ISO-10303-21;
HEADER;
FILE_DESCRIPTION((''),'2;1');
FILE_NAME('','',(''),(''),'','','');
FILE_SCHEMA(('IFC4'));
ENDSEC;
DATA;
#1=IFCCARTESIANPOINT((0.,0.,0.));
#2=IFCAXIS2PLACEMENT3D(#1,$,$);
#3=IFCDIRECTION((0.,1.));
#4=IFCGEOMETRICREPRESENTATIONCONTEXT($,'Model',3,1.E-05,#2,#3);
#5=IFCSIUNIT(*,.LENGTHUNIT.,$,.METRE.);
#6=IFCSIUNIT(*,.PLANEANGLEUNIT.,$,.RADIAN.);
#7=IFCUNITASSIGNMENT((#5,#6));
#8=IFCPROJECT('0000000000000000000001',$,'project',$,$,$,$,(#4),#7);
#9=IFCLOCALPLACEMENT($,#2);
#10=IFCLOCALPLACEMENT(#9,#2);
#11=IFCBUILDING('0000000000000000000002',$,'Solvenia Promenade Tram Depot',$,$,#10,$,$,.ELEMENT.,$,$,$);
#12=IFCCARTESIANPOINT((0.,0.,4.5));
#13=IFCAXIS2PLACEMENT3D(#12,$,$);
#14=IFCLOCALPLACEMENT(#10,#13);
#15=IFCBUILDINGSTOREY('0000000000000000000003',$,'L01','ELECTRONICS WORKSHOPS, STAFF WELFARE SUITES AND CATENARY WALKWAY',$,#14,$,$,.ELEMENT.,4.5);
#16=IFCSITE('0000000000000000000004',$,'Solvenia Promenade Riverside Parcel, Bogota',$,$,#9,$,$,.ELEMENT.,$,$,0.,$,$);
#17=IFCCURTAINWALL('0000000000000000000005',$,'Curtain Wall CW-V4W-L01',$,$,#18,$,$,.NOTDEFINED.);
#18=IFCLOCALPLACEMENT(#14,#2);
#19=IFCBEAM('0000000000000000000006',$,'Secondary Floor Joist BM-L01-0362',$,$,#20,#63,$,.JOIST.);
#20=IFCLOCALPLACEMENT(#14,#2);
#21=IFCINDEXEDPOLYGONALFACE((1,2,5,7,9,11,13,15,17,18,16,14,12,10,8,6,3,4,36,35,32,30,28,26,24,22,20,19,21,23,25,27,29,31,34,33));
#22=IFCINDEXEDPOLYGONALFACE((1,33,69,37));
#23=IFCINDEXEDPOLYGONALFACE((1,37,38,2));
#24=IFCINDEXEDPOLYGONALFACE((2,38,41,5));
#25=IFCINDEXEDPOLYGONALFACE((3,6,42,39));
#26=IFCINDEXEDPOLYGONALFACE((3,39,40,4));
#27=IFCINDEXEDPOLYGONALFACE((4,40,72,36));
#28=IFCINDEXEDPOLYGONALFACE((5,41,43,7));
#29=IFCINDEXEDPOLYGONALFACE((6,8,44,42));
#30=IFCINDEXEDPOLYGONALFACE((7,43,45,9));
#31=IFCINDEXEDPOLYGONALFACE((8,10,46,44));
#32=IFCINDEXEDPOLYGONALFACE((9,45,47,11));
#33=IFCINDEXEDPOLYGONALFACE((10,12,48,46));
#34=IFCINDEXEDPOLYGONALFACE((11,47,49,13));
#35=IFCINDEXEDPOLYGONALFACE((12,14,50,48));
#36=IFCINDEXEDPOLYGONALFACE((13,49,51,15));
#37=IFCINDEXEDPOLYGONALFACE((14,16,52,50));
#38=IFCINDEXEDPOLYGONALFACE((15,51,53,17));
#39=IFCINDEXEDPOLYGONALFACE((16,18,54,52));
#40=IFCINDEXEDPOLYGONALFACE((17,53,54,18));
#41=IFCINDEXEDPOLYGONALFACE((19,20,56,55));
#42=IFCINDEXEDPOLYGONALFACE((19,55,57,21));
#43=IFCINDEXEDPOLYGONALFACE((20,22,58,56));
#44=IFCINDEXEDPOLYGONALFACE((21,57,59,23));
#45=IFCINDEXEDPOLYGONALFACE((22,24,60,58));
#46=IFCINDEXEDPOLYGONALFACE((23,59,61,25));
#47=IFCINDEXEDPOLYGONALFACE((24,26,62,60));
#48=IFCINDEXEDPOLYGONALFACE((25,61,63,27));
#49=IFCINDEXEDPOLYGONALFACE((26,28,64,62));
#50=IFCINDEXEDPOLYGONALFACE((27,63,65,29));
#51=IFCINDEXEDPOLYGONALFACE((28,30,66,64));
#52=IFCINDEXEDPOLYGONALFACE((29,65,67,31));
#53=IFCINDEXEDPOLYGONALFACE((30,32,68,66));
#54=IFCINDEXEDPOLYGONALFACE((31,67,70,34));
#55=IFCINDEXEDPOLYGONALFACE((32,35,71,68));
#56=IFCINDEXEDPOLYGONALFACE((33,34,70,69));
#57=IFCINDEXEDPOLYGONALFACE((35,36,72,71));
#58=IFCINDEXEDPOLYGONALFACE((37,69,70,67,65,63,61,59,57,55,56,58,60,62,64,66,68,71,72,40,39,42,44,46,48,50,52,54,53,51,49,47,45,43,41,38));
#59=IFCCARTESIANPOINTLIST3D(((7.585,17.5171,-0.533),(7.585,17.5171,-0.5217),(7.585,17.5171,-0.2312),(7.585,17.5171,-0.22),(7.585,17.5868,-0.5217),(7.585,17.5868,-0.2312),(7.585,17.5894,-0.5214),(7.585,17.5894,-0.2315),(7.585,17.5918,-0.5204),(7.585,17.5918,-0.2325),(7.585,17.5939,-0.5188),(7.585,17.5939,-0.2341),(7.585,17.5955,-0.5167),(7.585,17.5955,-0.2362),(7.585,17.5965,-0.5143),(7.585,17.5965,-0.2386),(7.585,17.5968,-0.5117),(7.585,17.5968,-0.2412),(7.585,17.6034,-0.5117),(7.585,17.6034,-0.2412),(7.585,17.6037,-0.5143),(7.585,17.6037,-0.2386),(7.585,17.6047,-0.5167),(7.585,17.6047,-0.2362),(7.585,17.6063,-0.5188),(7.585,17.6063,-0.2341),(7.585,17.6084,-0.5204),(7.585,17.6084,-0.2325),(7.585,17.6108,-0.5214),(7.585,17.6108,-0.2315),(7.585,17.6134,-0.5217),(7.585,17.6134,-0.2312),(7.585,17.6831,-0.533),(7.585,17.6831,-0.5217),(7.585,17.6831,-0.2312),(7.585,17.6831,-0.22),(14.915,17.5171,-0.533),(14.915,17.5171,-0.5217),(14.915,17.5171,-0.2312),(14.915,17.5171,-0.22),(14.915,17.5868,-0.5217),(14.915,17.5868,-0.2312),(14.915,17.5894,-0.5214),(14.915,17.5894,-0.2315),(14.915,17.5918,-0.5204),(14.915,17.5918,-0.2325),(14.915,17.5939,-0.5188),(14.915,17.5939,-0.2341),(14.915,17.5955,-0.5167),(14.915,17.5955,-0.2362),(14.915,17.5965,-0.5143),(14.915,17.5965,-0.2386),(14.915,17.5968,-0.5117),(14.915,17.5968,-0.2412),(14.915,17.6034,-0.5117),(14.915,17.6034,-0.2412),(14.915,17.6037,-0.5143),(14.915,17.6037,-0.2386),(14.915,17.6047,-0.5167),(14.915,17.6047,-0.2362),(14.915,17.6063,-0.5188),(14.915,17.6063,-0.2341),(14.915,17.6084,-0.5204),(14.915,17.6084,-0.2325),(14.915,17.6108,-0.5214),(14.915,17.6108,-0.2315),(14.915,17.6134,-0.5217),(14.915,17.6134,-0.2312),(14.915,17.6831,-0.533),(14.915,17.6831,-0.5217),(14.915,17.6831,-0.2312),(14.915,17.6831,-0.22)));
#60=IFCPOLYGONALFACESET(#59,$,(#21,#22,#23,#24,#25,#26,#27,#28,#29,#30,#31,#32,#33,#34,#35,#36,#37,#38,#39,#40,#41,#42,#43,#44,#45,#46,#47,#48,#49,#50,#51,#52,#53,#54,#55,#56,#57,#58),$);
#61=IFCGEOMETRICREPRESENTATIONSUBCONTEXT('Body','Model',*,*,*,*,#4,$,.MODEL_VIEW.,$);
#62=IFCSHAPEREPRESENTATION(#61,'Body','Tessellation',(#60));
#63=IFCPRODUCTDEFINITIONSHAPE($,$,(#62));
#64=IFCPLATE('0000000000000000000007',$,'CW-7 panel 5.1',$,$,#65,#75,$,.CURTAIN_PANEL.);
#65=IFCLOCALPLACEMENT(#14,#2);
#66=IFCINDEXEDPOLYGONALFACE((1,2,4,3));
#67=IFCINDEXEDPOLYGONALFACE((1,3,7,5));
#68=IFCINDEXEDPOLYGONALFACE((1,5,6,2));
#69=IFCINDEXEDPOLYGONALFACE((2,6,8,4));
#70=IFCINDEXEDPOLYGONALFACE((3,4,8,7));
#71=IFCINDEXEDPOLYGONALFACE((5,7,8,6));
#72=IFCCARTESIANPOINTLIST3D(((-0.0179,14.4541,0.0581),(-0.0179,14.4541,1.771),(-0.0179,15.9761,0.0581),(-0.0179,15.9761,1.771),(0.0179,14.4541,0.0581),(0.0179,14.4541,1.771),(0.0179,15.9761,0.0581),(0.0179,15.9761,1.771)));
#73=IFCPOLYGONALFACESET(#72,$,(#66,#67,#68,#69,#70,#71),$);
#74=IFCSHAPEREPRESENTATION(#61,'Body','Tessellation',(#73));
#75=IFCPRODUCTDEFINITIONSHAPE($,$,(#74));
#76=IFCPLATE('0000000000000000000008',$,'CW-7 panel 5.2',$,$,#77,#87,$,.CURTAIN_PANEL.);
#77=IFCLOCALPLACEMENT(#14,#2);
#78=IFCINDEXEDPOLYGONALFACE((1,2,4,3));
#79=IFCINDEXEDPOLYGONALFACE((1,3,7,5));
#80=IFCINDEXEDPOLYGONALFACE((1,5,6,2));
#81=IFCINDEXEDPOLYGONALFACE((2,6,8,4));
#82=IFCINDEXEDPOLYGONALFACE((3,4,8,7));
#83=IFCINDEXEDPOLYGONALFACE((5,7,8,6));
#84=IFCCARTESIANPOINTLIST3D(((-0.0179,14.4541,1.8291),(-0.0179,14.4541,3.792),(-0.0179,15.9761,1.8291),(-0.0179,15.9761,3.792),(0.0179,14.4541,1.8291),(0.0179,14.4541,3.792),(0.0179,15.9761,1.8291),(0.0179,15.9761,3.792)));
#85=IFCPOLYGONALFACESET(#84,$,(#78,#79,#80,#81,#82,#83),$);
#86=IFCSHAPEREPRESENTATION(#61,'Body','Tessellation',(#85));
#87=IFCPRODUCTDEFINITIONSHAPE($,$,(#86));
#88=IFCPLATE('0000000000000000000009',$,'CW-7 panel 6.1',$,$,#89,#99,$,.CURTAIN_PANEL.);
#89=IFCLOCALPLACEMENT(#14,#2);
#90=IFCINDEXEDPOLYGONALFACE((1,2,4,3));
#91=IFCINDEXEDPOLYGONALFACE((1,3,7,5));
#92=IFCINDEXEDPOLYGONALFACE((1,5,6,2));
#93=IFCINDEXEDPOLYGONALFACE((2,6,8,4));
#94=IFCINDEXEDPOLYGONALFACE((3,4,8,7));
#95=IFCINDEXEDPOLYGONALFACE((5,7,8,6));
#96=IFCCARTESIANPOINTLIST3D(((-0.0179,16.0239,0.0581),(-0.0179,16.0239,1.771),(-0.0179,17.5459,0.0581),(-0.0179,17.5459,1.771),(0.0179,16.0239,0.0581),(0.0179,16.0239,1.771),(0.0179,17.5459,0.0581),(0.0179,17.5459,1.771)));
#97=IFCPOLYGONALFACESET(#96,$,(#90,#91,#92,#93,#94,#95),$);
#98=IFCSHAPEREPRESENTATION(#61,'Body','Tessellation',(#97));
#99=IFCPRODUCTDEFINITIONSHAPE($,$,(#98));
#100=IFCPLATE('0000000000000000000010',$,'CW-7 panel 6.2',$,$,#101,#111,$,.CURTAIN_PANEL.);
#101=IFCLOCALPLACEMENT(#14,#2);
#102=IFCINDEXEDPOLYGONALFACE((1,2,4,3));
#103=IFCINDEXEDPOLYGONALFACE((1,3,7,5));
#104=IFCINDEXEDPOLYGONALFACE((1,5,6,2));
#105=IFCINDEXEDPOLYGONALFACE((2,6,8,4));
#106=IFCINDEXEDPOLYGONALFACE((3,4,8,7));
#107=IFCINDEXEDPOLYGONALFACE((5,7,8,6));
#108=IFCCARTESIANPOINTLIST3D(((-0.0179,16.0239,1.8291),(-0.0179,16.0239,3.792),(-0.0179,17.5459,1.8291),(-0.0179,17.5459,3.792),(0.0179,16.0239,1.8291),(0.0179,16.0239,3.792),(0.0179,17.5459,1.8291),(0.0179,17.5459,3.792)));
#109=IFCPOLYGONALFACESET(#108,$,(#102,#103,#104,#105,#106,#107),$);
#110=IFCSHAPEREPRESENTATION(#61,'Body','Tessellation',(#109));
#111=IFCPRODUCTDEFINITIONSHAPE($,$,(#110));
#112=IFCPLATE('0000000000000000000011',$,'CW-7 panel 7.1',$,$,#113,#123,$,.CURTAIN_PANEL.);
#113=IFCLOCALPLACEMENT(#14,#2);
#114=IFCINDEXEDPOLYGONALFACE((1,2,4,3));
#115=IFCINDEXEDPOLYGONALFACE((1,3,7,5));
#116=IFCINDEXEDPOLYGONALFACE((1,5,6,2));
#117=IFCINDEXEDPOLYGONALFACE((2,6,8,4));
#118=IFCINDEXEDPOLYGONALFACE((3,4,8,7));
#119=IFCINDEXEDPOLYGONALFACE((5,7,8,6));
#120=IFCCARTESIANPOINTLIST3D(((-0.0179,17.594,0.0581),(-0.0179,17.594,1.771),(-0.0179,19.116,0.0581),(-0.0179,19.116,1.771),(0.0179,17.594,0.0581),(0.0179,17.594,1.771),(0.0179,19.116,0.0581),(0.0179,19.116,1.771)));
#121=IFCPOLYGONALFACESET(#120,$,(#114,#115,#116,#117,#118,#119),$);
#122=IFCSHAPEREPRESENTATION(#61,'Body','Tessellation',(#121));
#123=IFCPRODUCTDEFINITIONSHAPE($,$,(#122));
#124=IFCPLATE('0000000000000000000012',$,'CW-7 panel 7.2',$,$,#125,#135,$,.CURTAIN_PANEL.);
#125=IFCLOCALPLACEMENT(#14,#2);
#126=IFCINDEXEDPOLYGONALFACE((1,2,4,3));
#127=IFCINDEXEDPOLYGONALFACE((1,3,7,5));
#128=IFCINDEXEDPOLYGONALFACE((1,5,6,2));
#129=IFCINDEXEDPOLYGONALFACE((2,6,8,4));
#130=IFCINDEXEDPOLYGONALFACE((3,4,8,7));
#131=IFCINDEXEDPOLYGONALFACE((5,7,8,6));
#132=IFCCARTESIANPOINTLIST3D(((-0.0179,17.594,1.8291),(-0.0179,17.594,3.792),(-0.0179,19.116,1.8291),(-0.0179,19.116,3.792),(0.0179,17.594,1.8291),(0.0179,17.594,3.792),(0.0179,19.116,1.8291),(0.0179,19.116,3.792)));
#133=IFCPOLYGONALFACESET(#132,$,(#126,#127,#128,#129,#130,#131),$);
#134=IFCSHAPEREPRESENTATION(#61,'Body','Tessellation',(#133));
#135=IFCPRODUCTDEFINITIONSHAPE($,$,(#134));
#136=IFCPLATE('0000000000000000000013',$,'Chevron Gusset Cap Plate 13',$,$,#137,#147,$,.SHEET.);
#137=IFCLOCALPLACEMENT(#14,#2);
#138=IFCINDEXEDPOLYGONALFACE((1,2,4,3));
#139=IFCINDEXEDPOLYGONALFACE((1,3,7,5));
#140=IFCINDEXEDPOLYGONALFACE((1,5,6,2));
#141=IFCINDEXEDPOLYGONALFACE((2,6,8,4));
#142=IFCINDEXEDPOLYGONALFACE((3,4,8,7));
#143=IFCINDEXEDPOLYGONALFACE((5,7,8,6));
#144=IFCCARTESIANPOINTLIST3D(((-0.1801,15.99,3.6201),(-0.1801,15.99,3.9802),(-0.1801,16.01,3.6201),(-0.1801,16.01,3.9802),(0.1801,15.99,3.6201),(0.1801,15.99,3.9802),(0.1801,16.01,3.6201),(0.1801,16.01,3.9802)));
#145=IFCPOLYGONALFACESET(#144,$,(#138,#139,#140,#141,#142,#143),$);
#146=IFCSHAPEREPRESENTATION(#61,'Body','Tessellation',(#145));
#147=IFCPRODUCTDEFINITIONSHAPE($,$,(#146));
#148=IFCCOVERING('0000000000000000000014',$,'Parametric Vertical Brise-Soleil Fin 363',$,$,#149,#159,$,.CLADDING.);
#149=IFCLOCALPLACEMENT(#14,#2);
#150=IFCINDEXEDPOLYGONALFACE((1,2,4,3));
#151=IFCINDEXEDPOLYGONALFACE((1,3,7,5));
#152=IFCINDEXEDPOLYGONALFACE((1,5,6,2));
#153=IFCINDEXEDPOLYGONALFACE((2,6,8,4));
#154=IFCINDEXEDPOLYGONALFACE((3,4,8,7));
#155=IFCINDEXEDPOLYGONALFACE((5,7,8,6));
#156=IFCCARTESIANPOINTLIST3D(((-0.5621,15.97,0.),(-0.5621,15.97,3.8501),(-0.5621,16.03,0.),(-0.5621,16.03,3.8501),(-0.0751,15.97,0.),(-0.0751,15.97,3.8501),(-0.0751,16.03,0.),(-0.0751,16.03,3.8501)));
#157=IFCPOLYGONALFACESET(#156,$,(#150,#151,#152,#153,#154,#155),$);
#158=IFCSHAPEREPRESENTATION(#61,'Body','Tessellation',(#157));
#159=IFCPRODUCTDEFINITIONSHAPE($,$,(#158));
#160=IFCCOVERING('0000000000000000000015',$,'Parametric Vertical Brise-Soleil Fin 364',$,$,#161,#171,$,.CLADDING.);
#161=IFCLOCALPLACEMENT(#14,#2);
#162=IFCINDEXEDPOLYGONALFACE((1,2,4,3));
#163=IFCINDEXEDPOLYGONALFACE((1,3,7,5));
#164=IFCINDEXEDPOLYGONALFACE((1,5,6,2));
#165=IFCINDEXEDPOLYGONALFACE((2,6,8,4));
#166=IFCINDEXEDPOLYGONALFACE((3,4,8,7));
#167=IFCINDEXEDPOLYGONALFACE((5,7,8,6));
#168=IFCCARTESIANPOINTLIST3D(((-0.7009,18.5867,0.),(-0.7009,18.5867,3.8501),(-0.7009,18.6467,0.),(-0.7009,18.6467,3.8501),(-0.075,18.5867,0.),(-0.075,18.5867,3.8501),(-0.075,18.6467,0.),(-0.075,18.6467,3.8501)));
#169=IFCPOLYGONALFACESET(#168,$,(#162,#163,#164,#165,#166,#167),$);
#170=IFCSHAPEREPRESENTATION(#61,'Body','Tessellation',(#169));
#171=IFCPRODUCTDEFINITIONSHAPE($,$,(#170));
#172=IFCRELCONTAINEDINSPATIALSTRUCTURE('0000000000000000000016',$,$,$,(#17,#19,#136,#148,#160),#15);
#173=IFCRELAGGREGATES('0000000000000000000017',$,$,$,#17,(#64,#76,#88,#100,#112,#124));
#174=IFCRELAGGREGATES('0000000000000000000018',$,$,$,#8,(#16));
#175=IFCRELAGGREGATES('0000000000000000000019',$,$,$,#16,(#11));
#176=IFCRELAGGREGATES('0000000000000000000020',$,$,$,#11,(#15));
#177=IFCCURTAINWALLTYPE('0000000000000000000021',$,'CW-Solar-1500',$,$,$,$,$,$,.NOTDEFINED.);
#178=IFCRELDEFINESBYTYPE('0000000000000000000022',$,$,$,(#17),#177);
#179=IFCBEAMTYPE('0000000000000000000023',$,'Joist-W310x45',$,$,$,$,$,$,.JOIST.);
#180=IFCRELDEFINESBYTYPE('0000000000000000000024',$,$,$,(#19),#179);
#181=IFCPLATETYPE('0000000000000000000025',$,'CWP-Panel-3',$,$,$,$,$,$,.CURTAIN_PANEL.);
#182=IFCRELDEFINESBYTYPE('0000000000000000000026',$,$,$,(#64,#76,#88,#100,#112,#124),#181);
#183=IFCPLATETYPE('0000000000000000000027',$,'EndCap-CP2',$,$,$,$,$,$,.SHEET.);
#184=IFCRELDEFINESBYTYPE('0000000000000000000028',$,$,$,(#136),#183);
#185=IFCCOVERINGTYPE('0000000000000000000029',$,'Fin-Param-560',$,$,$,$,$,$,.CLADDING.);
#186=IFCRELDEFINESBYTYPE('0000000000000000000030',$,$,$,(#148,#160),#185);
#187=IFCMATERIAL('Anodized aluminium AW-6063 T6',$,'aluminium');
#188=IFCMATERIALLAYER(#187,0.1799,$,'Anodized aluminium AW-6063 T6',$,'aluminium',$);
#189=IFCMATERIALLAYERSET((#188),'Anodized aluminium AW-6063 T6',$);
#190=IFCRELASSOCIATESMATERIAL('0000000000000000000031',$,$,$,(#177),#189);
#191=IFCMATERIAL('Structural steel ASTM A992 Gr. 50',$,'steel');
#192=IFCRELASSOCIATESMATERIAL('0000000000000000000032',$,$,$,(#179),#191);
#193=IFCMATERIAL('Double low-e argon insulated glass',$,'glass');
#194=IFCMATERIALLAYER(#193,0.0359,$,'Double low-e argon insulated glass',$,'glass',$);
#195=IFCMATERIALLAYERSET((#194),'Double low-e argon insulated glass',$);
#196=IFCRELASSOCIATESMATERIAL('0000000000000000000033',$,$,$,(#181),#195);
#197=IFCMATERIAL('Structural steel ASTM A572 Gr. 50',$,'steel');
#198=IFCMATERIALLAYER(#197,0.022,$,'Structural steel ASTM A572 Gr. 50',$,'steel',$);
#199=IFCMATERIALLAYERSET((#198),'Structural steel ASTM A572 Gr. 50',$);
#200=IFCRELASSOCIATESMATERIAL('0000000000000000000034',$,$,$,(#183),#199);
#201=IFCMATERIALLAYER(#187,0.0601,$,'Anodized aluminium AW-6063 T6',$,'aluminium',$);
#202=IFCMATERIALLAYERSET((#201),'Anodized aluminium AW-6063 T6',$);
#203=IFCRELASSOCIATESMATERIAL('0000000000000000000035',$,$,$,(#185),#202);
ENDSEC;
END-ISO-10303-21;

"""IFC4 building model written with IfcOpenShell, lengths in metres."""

from ifc_helpers import new_model, si_unit, direction, frame, origin, origin_2d, place, context, subcontext, project, spatial, rectangle, i_section, extrude, material, layer, layer_set, material_profile, profile_set, type_object, element, aggregate, save


model = new_model("IFC4")

# Units and contexts
model_context = context("Model", 3, precision=1e-05, world=origin(), true_north=direction((0.0, 1.0)))
body_context = subcontext(model_context, "Body", "Model", "MODEL_VIEW")
ifc_project = project(units=[si_unit("LENGTHUNIT", "METRE"), si_unit("PLANEANGLEUNIT", "RADIAN")], contexts=[model_context])

# Site, building, storey
site_placement = place(None, origin())
site = spatial("IfcSite", under=ifc_project, at=site_placement, Name="Solvenia Promenade Riverside Parcel, Bogota", CompositionType="ELEMENT", RefElevation=0.0)
building_placement = place(site_placement, origin())
building = spatial("IfcBuilding", under=site, at=building_placement, Name="Solvenia Promenade Tram Depot", CompositionType="ELEMENT")
storey_placement = place(building_placement, frame((0.0, 0.0, 4.5)))
storey = spatial("IfcBuildingStorey", under=building, at=storey_placement, Name="L01", Description="ELECTRONICS WORKSHOPS, STAFF WELFARE SUITES AND CATENARY WALKWAY", CompositionType="ELEMENT", Elevation=4.5)

# Curtain wall
ifc_material_1 = material(Name="Anodized aluminium AW-6063 T6", Category="aluminium")
ifc_layer_1 = layer(ifc_material_1, 0.1799, Name="Anodized aluminium AW-6063 T6", Category="aluminium")
ifc_layer_set_1 = layer_set([ifc_layer_1], Name="Anodized aluminium AW-6063 T6")
curtain_wall_type = type_object("IfcCurtainWallType", Name="CW-Solar-1500", PredefinedType="NOTDEFINED", material=ifc_layer_set_1)
curtain_wall_placement = place(storey_placement, origin())
curtain_wall = element("IfcCurtainWall", 1, at=curtain_wall_placement, inside=storey, type_object=curtain_wall_type, Name="Curtain Wall CW-V4W-L01", PredefinedType="NOTDEFINED")

# Beam
ifc_material_2 = material(Name="Structural steel ASTM A992 Gr. 50", Category="steel")
ifc_material_profile_1 = material_profile(ifc_material_2, i_section(OverallWidth=0.166, OverallDepth=0.313, WebThickness=0.0066, FlangeThickness=0.0112, FilletRadius=0.01, at=origin_2d()), Name="W310x45", Category="steel")
ifc_profile_set_1 = profile_set([ifc_material_profile_1], Name="Structural steel ASTM A992 Gr. 50")
beam_type = type_object("IfcBeamType", Name="Joist-W310x45", PredefinedType="JOIST", material=ifc_profile_set_1)
for number, where, z_axis, x_axis, name in (
    (2, (7.585, 17.6001, -0.3765), (1.0, 0.0, 0.0), (0.0, 1.0, 0.0), "Secondary Floor Joist BM-L01-0362"),
):
    element("IfcBeam", number, at=place(storey_placement, frame(where, z_axis=z_axis, x_axis=x_axis)), inside=storey, type_object=beam_type, Name=name, PredefinedType="JOIST", context=body_context, shape_type="SweptSolid", body=[
        extrude(i_section(OverallWidth=0.166, OverallDepth=0.313, WebThickness=0.0066, FlangeThickness=0.0112, FilletRadius=0.01, at=origin_2d()), origin(), (0.0, 0.0, 1.0), 7.3301),
    ])

# Plates
ifc_material_3 = material(Name="Double low-e argon insulated glass", Category="glass")
ifc_layer_2 = layer(ifc_material_3, 0.0359, Name="Double low-e argon insulated glass", Category="glass")
ifc_layer_set_2 = layer_set([ifc_layer_2], Name="Double low-e argon insulated glass")
plate_type_1 = type_object("IfcPlateType", Name="CWP-Panel-3", PredefinedType="CURTAIN_PANEL", material=ifc_layer_set_2)
plate_1_placement = place(storey_placement, frame((0.0, 15.2151, 0.0581), z_axis=(0.0, 0.0, 1.0), x_axis=(0.0, 1.0, 0.0)))
plate_1 = element("IfcPlate", 3, at=plate_1_placement, type_object=plate_type_1, Name="CW-7 panel 5.1", PredefinedType="CURTAIN_PANEL", context=body_context, shape_type="SweptSolid", body=[
    extrude(rectangle(XDim=1.522, YDim=0.0359, at=origin_2d()), origin(), (0.0, 0.0, 1.0), 1.7129),
])
plate_2_placement = place(storey_placement, frame((0.0, 15.2151, 1.8291), z_axis=(0.0, 0.0, 1.0), x_axis=(0.0, 1.0, 0.0)))
plate_2 = element("IfcPlate", 4, at=plate_2_placement, type_object=plate_type_1, Name="CW-7 panel 5.2", PredefinedType="CURTAIN_PANEL", context=body_context, shape_type="SweptSolid", body=[
    extrude(rectangle(XDim=1.522, YDim=0.0359, at=origin_2d()), origin(), (0.0, 0.0, 1.0), 1.9629),
])
plate_3_placement = place(storey_placement, frame((0.0, 16.7849, 0.0581), z_axis=(0.0, 0.0, 1.0), x_axis=(0.0, 1.0, 0.0)))
plate_3 = element("IfcPlate", 5, at=plate_3_placement, type_object=plate_type_1, Name="CW-7 panel 6.1", PredefinedType="CURTAIN_PANEL", context=body_context, shape_type="SweptSolid", body=[
    extrude(rectangle(XDim=1.522, YDim=0.0359, at=origin_2d()), origin(), (0.0, 0.0, 1.0), 1.7129),
])
plate_4_placement = place(storey_placement, frame((0.0, 16.7849, 1.8291), z_axis=(0.0, 0.0, 1.0), x_axis=(0.0, 1.0, 0.0)))
plate_4 = element("IfcPlate", 6, at=plate_4_placement, type_object=plate_type_1, Name="CW-7 panel 6.2", PredefinedType="CURTAIN_PANEL", context=body_context, shape_type="SweptSolid", body=[
    extrude(rectangle(XDim=1.522, YDim=0.0359, at=origin_2d()), origin(), (0.0, 0.0, 1.0), 1.9629),
])
plate_5_placement = place(storey_placement, frame((0.0, 18.355, 0.0581), z_axis=(0.0, 0.0, 1.0), x_axis=(0.0, 1.0, 0.0)))
plate_5 = element("IfcPlate", 7, at=plate_5_placement, type_object=plate_type_1, Name="CW-7 panel 7.1", PredefinedType="CURTAIN_PANEL", context=body_context, shape_type="SweptSolid", body=[
    extrude(rectangle(XDim=1.522, YDim=0.0359, at=origin_2d()), origin(), (0.0, 0.0, 1.0), 1.7129),
])
plate_6_placement = place(storey_placement, frame((0.0, 18.355, 1.8291), z_axis=(0.0, 0.0, 1.0), x_axis=(0.0, 1.0, 0.0)))
plate_6 = element("IfcPlate", 8, at=plate_6_placement, type_object=plate_type_1, Name="CW-7 panel 7.2", PredefinedType="CURTAIN_PANEL", context=body_context, shape_type="SweptSolid", body=[
    extrude(rectangle(XDim=1.522, YDim=0.0359, at=origin_2d()), origin(), (0.0, 0.0, 1.0), 1.9629),
])
aggregate(curtain_wall, [plate_1, plate_2, plate_3, plate_4, plate_5, plate_6])
ifc_material_4 = material(Name="Structural steel ASTM A572 Gr. 50", Category="steel")
ifc_layer_3 = layer(ifc_material_4, 0.022, Name="Structural steel ASTM A572 Gr. 50", Category="steel")
ifc_layer_set_3 = layer_set([ifc_layer_3], Name="Structural steel ASTM A572 Gr. 50")
plate_type_2 = type_object("IfcPlateType", Name="EndCap-CP2", PredefinedType="SHEET", material=ifc_layer_set_3)
plate_7_placement = place(storey_placement, frame((0.0, 16.0, 3.6201), z_axis=(0.0, 0.0, 1.0), x_axis=(1.0, 0.0, 0.0)))
element("IfcPlate", 9, at=plate_7_placement, inside=storey, type_object=plate_type_2, Name="Chevron Gusset Cap Plate 13", PredefinedType="SHEET", context=body_context, shape_type="SweptSolid", body=[
    extrude(rectangle(XDim=0.3601, YDim=0.02, at=origin_2d()), origin(), (0.0, 0.0, 1.0), 0.3601),
])

# Coverings
ifc_layer_4 = layer(ifc_material_1, 0.0601, Name="Anodized aluminium AW-6063 T6", Category="aluminium")
ifc_layer_set_4 = layer_set([ifc_layer_4], Name="Anodized aluminium AW-6063 T6")
covering_type = type_object("IfcCoveringType", Name="Fin-Param-560", PredefinedType="CLADDING", material=ifc_layer_set_4)
covering_1_placement = place(storey_placement, frame((-0.3186, 16.0, 0.0), z_axis=(0.0, 0.0, 1.0), x_axis=(0.0, 1.0, 0.0)))
element("IfcCovering", 10, at=covering_1_placement, inside=storey, type_object=covering_type, Name="Parametric Vertical Brise-Soleil Fin 363", PredefinedType="CLADDING", context=body_context, shape_type="SweptSolid", body=[
    extrude(rectangle(XDim=0.0601, YDim=0.4871, at=origin_2d()), origin(), (0.0, 0.0, 1.0), 3.8501),
])
covering_2_placement = place(storey_placement, frame((-0.3879, 18.6167, 0.0), z_axis=(0.0, 0.0, 1.0), x_axis=(0.0, 1.0, 0.0)))
element("IfcCovering", 11, at=covering_2_placement, inside=storey, type_object=covering_type, Name="Parametric Vertical Brise-Soleil Fin 364", PredefinedType="CLADDING", context=body_context, shape_type="SweptSolid", body=[
    extrude(rectangle(XDim=0.0601, YDim=0.626, at=origin_2d()), origin(), (0.0, 0.0, 1.0), 3.8501),
])

save(model, "model.ifc")
